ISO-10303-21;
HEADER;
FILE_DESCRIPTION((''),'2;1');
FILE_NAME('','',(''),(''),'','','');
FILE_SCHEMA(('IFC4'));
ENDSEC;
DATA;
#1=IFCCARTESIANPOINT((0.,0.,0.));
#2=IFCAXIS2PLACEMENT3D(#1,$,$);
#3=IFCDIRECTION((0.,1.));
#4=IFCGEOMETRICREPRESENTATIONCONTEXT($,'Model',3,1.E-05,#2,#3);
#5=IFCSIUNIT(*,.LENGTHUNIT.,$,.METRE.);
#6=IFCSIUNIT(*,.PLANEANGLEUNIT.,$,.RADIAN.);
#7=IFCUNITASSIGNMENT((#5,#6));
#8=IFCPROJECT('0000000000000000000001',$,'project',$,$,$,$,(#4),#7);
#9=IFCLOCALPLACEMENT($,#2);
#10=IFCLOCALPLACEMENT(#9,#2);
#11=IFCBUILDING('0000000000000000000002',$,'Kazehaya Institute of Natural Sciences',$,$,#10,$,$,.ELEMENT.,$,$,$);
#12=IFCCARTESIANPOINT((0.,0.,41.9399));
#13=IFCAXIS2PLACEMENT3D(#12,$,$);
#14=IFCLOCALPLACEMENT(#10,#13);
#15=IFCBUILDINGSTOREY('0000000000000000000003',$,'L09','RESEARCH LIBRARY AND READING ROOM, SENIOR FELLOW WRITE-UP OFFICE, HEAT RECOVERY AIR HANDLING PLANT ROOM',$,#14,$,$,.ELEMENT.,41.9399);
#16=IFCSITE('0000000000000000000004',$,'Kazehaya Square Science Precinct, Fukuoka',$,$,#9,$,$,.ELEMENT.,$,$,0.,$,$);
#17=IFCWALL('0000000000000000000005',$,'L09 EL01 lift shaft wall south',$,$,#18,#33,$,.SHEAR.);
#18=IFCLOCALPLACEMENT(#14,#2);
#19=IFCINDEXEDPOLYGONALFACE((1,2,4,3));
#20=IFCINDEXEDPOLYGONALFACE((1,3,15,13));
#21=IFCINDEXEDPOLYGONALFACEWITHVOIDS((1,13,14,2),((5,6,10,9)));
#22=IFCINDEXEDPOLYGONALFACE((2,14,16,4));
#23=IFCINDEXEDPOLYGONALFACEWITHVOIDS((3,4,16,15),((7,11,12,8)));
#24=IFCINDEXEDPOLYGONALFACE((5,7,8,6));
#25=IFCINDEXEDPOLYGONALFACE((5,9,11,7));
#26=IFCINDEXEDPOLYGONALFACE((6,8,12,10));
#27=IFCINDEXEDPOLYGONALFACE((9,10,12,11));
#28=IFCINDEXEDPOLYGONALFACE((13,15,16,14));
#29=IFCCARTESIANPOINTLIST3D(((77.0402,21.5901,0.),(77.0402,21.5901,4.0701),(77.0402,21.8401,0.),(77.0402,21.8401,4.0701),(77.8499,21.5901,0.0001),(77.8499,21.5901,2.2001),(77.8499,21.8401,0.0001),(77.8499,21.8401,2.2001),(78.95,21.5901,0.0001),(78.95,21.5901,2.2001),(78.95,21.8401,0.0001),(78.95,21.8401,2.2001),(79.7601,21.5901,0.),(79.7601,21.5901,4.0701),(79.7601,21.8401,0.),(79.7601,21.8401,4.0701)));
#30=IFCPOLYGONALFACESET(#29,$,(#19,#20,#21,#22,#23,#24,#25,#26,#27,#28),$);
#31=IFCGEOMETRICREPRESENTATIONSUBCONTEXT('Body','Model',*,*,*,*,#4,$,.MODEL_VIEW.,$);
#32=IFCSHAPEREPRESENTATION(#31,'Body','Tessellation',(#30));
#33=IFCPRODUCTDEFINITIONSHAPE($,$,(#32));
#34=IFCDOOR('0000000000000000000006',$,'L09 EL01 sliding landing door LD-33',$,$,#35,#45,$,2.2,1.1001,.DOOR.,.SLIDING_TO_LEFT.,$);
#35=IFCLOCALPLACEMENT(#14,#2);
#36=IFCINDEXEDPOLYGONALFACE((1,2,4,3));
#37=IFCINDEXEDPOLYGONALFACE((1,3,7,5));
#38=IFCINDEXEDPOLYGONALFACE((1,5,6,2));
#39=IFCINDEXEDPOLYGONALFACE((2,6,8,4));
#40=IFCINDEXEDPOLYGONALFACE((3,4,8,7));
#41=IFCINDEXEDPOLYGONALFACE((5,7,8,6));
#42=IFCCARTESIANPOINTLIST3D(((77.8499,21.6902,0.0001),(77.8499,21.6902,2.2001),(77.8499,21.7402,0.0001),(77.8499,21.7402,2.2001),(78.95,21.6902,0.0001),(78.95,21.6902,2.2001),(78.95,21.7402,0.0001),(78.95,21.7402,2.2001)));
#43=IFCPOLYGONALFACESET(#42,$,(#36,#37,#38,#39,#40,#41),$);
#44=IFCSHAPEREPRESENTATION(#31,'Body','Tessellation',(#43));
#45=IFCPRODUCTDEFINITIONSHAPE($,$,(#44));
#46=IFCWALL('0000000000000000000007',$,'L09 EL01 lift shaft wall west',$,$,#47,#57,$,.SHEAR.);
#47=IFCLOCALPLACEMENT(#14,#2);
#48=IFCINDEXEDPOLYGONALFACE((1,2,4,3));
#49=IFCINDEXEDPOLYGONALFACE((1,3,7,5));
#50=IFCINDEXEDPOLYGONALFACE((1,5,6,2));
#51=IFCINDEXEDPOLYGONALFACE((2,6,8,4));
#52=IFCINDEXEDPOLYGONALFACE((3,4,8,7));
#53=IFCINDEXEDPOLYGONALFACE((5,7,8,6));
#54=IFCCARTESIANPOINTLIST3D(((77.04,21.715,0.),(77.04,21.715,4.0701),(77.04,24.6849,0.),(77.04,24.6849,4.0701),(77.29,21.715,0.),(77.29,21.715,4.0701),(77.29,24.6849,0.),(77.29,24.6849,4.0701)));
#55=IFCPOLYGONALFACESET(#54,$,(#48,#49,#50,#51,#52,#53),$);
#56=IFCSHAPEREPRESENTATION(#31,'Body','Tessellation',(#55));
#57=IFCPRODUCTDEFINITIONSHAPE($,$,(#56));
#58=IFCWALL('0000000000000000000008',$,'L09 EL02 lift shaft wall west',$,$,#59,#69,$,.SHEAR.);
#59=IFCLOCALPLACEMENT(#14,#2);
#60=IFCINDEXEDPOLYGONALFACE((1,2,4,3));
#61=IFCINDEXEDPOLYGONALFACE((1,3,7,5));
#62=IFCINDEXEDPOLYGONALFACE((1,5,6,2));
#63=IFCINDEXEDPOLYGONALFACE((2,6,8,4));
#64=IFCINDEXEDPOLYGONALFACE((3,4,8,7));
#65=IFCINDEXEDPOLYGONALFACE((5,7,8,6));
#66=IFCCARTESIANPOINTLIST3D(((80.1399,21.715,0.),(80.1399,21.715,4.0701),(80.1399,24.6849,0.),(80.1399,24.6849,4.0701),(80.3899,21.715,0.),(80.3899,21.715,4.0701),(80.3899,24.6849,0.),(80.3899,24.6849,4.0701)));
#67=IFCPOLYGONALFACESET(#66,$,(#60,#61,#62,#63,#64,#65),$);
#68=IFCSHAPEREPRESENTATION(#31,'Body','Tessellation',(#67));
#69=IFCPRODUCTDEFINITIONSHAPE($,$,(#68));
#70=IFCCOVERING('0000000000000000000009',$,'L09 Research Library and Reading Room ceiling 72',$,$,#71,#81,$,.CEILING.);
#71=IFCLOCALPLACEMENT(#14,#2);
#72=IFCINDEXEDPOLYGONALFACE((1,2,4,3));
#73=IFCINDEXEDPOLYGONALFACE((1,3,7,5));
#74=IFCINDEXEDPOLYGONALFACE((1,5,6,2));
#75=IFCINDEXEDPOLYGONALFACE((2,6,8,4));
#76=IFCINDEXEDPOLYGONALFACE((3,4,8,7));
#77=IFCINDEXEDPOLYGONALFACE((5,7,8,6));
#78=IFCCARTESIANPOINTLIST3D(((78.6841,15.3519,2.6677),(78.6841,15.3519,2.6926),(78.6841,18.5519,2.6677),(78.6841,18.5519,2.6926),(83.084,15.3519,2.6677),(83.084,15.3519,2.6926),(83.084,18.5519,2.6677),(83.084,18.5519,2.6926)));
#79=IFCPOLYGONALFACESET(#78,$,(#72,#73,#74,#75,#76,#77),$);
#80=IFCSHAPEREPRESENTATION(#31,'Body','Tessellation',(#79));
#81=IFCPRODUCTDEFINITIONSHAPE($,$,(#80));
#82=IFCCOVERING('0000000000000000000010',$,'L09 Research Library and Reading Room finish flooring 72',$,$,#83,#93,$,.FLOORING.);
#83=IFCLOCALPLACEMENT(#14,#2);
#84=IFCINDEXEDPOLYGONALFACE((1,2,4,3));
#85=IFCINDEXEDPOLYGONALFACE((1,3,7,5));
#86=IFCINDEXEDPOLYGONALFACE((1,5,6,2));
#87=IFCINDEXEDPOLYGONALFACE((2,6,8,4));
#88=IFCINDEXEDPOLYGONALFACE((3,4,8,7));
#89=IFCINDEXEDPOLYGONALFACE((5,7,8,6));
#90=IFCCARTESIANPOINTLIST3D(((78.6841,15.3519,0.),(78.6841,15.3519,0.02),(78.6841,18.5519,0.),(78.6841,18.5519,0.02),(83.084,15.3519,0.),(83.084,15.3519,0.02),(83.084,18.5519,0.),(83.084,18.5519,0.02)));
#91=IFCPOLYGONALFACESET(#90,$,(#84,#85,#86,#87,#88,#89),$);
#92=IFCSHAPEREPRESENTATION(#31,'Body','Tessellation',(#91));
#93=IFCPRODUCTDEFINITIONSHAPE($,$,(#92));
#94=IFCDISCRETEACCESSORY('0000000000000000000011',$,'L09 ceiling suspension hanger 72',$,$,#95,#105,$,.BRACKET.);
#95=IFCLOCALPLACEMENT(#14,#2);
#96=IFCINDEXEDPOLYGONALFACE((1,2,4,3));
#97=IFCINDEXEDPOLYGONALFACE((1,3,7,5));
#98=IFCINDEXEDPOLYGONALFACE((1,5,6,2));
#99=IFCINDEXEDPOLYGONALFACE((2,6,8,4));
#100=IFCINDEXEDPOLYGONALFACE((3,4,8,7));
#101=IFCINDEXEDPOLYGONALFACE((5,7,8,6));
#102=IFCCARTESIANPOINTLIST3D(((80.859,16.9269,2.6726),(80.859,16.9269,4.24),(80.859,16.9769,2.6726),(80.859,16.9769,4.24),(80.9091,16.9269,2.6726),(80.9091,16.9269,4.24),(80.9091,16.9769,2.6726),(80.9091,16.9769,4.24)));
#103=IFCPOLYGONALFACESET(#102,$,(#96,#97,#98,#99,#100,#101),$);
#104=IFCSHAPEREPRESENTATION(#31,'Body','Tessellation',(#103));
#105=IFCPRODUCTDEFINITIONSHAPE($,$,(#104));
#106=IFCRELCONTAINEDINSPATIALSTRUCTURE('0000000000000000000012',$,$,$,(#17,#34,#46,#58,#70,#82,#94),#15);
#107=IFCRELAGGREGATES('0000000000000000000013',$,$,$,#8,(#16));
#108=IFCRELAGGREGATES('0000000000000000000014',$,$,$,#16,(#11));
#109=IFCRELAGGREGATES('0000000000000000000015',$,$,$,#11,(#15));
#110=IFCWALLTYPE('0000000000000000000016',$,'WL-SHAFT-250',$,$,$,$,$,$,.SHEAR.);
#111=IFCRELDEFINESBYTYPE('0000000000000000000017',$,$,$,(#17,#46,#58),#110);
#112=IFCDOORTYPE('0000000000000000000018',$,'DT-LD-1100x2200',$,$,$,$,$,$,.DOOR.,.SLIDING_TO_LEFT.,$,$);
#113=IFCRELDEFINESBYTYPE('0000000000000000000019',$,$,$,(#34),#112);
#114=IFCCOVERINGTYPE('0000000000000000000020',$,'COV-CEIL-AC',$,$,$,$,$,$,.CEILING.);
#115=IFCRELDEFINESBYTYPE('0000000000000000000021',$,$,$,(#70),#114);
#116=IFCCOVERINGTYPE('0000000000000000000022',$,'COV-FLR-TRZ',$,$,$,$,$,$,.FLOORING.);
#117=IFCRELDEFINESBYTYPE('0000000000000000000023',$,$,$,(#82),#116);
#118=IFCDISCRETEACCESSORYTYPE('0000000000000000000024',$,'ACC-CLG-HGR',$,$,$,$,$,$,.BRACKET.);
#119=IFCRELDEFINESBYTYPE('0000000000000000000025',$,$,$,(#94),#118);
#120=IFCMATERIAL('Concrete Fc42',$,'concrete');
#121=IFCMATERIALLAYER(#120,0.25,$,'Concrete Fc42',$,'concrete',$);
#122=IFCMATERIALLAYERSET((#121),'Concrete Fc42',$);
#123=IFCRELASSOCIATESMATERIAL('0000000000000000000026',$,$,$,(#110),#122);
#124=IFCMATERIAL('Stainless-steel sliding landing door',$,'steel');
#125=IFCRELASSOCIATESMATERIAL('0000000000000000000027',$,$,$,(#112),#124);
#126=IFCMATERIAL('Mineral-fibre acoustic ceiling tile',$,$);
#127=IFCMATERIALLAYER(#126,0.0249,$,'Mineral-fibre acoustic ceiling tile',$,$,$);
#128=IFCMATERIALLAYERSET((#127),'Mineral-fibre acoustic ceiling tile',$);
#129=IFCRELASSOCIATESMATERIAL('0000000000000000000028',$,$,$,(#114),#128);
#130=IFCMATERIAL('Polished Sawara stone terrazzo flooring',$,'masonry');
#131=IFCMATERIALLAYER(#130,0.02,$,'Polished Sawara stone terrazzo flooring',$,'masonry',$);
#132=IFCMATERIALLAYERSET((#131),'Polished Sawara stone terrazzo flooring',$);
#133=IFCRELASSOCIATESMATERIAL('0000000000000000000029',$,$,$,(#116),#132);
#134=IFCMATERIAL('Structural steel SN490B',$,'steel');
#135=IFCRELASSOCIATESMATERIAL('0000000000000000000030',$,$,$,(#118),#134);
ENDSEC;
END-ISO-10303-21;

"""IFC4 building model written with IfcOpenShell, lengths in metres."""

from ifc_helpers import new_model, si_unit, direction, frame, frame_2d, origin, origin_2d, place, context, subcontext, project, spatial, rectangle, extrude, material, layer, layer_set, type_object, element, fill, save


model = new_model("IFC4")

# Units and contexts
model_context = context("Model", 3, precision=1e-05, world=origin(), true_north=direction((0.0, 1.0)))
body_context = subcontext(model_context, "Body", "Model", "MODEL_VIEW")
ifc_project = project(units=[si_unit("LENGTHUNIT", "METRE"), si_unit("PLANEANGLEUNIT", "RADIAN")], contexts=[model_context])

# Site, building, storey
site_placement = place(None, origin())
site = spatial("IfcSite", under=ifc_project, at=site_placement, Name="Kazehaya Square Science Precinct, Fukuoka", CompositionType="ELEMENT", RefElevation=0.0)
building_placement = place(site_placement, origin())
building = spatial("IfcBuilding", under=site, at=building_placement, Name="Kazehaya Institute of Natural Sciences", CompositionType="ELEMENT")
storey_placement = place(building_placement, frame((0.0, 0.0, 41.9399)))
storey = spatial("IfcBuildingStorey", under=building, at=storey_placement, Name="L09", Description="RESEARCH LIBRARY AND READING ROOM, SENIOR FELLOW WRITE-UP OFFICE, HEAT RECOVERY AIR HANDLING PLANT ROOM", CompositionType="ELEMENT", Elevation=41.9399)

# Wall, opening, door
ifc_material_1 = material(Name="Concrete Fc42", Category="concrete")
ifc_layer_1 = layer(ifc_material_1, 0.25, Name="Concrete Fc42", Category="concrete")
ifc_layer_set_1 = layer_set([ifc_layer_1], Name="Concrete Fc42")
wall_type_1 = type_object("IfcWallType", Name="WL-SHAFT-250", PredefinedType="SHEAR", material=ifc_layer_set_1)
wall_1_placement = place(storey_placement, frame((79.76, 21.7151, 0.0), z_axis=(0.0, 0.0, 1.0), x_axis=(-1.0, 0.0, 0.0)))
wall_1 = element("IfcWall", 1, at=wall_1_placement, inside=storey, type_object=wall_type_1, Name="L09 EL01 lift shaft wall south", PredefinedType="SHEAR", context=body_context, shape_type="SweptSolid", body=[
    extrude(rectangle(XDim=2.72, YDim=0.25, at=frame_2d((1.3599, 0.0))), origin(), (0.0, 0.0, 1.0), 4.0701),
])
opening_1_placement = place(wall_1_placement, frame((0.8101, 0.0, 0.0)))
opening_1 = element("IfcOpeningElement", 2, at=opening_1_placement, cuts=wall_1, PredefinedType="OPENING", context=body_context, shape_type="SweptSolid", body=[
    extrude(rectangle(XDim=1.1001, YDim=2.2, at=frame_2d((0.55, 1.1001))), frame((0.0, 0.135, 0.0), z_axis=(0.0, -1.0, 0.0), x_axis=(1.0, 0.0, 0.0)), (0.0, 0.0, 1.0), 0.27),
])
ifc_material_2 = material(Name="Stainless-steel sliding landing door", Category="steel")
door_type = type_object("IfcDoorType", Name="DT-LD-1100x2200", OperationType="SLIDING_TO_LEFT", PredefinedType="DOOR", material=ifc_material_2)
door_placement = place(opening_1_placement, origin())
door = element("IfcDoor", 3, at=door_placement, inside=storey, type_object=door_type, Name="L09 EL01 sliding landing door LD-33", OperationType="SLIDING_TO_LEFT", OverallHeight=2.2, OverallWidth=1.1001, PredefinedType="DOOR", context=body_context, shape_type="SweptSolid", body=[
    extrude(rectangle(XDim=1.1001, YDim=2.2, at=frame_2d((0.55, 1.1001))), frame((0.0, 0.0249, 0.0), z_axis=(0.0, -1.0, 0.0), x_axis=(1.0, 0.0, 0.0)), (0.0, 0.0, 1.0), 0.05),
])
fill(opening_1, door)

# Walls
for number, where, z_axis, x_axis, name in (
    (4, (77.165, 21.7151, 0.0), (0.0, 0.0, 1.0), (0.0, 1.0, 0.0), "L09 EL01 lift shaft wall west"),
    (5, (80.2649, 21.7151, 0.0), (0.0, 0.0, 1.0), (0.0, 1.0, 0.0), "L09 EL02 lift shaft wall west"),
):
    element("IfcWall", number, at=place(storey_placement, frame(where, z_axis=z_axis, x_axis=x_axis)), inside=storey, type_object=wall_type_1, Name=name, PredefinedType="SHEAR", context=body_context, shape_type="SweptSolid", body=[
        extrude(rectangle(XDim=2.97, YDim=0.25, at=frame_2d((1.4849, 0.0))), origin(), (0.0, 0.0, 1.0), 4.0701),
    ])

# Coverings
ifc_material_3 = material(Name="Mineral-fibre acoustic ceiling tile")
ifc_layer_2 = layer(ifc_material_3, 0.0249, Name="Mineral-fibre acoustic ceiling tile")
ifc_layer_set_2 = layer_set([ifc_layer_2], Name="Mineral-fibre acoustic ceiling tile")
covering_type_1 = type_object("IfcCoveringType", Name="COV-CEIL-AC", PredefinedType="CEILING", material=ifc_layer_set_2)
covering_1_placement = place(storey_placement, frame((80.884, 16.9519, 2.6677), z_axis=(0.0, 0.0, 1.0), x_axis=(1.0, 0.0, 0.0)))
element("IfcCovering", 6, at=covering_1_placement, inside=storey, type_object=covering_type_1, Name="L09 Research Library and Reading Room ceiling 72", PredefinedType="CEILING", context=body_context, shape_type="SweptSolid", body=[
    extrude(rectangle(XDim=4.3999, YDim=3.2, at=origin_2d()), origin(), (0.0, 0.0, 1.0), 0.0249),
])
ifc_material_4 = material(Name="Polished Sawara stone terrazzo flooring", Category="masonry")
ifc_layer_3 = layer(ifc_material_4, 0.02, Name="Polished Sawara stone terrazzo flooring", Category="masonry")
ifc_layer_set_3 = layer_set([ifc_layer_3], Name="Polished Sawara stone terrazzo flooring")
covering_type_2 = type_object("IfcCoveringType", Name="COV-FLR-TRZ", PredefinedType="FLOORING", material=ifc_layer_set_3)
covering_2_placement = place(storey_placement, frame((80.884, 16.9519, 0.0), z_axis=(0.0, 0.0, 1.0), x_axis=(1.0, 0.0, 0.0)))
element("IfcCovering", 7, at=covering_2_placement, inside=storey, type_object=covering_type_2, Name="L09 Research Library and Reading Room finish flooring 72", PredefinedType="FLOORING", context=body_context, shape_type="SweptSolid", body=[
    extrude(rectangle(XDim=4.3999, YDim=3.2, at=origin_2d()), origin(), (0.0, 0.0, 1.0), 0.02),
])

# Discrete accessory
ifc_material_5 = material(Name="Structural steel SN490B", Category="steel")
discrete_accessory_type = type_object("IfcDiscreteAccessoryType", Name="ACC-CLG-HGR", PredefinedType="BRACKET", material=ifc_material_5)
discrete_accessory_placement = place(storey_placement, frame((80.884, 16.9519, 2.6726), z_axis=(0.0, 0.0, 1.0), x_axis=(1.0, 0.0, 0.0)))
element("IfcDiscreteAccessory", 8, at=discrete_accessory_placement, inside=storey, type_object=discrete_accessory_type, Name="L09 ceiling suspension hanger 72", PredefinedType="BRACKET", context=body_context, shape_type="SweptSolid", body=[
    extrude(rectangle(XDim=0.05, YDim=0.05, at=origin_2d()), origin(), (0.0, 0.0, 1.0), 1.5674),
])

save(model, "model.ifc")
